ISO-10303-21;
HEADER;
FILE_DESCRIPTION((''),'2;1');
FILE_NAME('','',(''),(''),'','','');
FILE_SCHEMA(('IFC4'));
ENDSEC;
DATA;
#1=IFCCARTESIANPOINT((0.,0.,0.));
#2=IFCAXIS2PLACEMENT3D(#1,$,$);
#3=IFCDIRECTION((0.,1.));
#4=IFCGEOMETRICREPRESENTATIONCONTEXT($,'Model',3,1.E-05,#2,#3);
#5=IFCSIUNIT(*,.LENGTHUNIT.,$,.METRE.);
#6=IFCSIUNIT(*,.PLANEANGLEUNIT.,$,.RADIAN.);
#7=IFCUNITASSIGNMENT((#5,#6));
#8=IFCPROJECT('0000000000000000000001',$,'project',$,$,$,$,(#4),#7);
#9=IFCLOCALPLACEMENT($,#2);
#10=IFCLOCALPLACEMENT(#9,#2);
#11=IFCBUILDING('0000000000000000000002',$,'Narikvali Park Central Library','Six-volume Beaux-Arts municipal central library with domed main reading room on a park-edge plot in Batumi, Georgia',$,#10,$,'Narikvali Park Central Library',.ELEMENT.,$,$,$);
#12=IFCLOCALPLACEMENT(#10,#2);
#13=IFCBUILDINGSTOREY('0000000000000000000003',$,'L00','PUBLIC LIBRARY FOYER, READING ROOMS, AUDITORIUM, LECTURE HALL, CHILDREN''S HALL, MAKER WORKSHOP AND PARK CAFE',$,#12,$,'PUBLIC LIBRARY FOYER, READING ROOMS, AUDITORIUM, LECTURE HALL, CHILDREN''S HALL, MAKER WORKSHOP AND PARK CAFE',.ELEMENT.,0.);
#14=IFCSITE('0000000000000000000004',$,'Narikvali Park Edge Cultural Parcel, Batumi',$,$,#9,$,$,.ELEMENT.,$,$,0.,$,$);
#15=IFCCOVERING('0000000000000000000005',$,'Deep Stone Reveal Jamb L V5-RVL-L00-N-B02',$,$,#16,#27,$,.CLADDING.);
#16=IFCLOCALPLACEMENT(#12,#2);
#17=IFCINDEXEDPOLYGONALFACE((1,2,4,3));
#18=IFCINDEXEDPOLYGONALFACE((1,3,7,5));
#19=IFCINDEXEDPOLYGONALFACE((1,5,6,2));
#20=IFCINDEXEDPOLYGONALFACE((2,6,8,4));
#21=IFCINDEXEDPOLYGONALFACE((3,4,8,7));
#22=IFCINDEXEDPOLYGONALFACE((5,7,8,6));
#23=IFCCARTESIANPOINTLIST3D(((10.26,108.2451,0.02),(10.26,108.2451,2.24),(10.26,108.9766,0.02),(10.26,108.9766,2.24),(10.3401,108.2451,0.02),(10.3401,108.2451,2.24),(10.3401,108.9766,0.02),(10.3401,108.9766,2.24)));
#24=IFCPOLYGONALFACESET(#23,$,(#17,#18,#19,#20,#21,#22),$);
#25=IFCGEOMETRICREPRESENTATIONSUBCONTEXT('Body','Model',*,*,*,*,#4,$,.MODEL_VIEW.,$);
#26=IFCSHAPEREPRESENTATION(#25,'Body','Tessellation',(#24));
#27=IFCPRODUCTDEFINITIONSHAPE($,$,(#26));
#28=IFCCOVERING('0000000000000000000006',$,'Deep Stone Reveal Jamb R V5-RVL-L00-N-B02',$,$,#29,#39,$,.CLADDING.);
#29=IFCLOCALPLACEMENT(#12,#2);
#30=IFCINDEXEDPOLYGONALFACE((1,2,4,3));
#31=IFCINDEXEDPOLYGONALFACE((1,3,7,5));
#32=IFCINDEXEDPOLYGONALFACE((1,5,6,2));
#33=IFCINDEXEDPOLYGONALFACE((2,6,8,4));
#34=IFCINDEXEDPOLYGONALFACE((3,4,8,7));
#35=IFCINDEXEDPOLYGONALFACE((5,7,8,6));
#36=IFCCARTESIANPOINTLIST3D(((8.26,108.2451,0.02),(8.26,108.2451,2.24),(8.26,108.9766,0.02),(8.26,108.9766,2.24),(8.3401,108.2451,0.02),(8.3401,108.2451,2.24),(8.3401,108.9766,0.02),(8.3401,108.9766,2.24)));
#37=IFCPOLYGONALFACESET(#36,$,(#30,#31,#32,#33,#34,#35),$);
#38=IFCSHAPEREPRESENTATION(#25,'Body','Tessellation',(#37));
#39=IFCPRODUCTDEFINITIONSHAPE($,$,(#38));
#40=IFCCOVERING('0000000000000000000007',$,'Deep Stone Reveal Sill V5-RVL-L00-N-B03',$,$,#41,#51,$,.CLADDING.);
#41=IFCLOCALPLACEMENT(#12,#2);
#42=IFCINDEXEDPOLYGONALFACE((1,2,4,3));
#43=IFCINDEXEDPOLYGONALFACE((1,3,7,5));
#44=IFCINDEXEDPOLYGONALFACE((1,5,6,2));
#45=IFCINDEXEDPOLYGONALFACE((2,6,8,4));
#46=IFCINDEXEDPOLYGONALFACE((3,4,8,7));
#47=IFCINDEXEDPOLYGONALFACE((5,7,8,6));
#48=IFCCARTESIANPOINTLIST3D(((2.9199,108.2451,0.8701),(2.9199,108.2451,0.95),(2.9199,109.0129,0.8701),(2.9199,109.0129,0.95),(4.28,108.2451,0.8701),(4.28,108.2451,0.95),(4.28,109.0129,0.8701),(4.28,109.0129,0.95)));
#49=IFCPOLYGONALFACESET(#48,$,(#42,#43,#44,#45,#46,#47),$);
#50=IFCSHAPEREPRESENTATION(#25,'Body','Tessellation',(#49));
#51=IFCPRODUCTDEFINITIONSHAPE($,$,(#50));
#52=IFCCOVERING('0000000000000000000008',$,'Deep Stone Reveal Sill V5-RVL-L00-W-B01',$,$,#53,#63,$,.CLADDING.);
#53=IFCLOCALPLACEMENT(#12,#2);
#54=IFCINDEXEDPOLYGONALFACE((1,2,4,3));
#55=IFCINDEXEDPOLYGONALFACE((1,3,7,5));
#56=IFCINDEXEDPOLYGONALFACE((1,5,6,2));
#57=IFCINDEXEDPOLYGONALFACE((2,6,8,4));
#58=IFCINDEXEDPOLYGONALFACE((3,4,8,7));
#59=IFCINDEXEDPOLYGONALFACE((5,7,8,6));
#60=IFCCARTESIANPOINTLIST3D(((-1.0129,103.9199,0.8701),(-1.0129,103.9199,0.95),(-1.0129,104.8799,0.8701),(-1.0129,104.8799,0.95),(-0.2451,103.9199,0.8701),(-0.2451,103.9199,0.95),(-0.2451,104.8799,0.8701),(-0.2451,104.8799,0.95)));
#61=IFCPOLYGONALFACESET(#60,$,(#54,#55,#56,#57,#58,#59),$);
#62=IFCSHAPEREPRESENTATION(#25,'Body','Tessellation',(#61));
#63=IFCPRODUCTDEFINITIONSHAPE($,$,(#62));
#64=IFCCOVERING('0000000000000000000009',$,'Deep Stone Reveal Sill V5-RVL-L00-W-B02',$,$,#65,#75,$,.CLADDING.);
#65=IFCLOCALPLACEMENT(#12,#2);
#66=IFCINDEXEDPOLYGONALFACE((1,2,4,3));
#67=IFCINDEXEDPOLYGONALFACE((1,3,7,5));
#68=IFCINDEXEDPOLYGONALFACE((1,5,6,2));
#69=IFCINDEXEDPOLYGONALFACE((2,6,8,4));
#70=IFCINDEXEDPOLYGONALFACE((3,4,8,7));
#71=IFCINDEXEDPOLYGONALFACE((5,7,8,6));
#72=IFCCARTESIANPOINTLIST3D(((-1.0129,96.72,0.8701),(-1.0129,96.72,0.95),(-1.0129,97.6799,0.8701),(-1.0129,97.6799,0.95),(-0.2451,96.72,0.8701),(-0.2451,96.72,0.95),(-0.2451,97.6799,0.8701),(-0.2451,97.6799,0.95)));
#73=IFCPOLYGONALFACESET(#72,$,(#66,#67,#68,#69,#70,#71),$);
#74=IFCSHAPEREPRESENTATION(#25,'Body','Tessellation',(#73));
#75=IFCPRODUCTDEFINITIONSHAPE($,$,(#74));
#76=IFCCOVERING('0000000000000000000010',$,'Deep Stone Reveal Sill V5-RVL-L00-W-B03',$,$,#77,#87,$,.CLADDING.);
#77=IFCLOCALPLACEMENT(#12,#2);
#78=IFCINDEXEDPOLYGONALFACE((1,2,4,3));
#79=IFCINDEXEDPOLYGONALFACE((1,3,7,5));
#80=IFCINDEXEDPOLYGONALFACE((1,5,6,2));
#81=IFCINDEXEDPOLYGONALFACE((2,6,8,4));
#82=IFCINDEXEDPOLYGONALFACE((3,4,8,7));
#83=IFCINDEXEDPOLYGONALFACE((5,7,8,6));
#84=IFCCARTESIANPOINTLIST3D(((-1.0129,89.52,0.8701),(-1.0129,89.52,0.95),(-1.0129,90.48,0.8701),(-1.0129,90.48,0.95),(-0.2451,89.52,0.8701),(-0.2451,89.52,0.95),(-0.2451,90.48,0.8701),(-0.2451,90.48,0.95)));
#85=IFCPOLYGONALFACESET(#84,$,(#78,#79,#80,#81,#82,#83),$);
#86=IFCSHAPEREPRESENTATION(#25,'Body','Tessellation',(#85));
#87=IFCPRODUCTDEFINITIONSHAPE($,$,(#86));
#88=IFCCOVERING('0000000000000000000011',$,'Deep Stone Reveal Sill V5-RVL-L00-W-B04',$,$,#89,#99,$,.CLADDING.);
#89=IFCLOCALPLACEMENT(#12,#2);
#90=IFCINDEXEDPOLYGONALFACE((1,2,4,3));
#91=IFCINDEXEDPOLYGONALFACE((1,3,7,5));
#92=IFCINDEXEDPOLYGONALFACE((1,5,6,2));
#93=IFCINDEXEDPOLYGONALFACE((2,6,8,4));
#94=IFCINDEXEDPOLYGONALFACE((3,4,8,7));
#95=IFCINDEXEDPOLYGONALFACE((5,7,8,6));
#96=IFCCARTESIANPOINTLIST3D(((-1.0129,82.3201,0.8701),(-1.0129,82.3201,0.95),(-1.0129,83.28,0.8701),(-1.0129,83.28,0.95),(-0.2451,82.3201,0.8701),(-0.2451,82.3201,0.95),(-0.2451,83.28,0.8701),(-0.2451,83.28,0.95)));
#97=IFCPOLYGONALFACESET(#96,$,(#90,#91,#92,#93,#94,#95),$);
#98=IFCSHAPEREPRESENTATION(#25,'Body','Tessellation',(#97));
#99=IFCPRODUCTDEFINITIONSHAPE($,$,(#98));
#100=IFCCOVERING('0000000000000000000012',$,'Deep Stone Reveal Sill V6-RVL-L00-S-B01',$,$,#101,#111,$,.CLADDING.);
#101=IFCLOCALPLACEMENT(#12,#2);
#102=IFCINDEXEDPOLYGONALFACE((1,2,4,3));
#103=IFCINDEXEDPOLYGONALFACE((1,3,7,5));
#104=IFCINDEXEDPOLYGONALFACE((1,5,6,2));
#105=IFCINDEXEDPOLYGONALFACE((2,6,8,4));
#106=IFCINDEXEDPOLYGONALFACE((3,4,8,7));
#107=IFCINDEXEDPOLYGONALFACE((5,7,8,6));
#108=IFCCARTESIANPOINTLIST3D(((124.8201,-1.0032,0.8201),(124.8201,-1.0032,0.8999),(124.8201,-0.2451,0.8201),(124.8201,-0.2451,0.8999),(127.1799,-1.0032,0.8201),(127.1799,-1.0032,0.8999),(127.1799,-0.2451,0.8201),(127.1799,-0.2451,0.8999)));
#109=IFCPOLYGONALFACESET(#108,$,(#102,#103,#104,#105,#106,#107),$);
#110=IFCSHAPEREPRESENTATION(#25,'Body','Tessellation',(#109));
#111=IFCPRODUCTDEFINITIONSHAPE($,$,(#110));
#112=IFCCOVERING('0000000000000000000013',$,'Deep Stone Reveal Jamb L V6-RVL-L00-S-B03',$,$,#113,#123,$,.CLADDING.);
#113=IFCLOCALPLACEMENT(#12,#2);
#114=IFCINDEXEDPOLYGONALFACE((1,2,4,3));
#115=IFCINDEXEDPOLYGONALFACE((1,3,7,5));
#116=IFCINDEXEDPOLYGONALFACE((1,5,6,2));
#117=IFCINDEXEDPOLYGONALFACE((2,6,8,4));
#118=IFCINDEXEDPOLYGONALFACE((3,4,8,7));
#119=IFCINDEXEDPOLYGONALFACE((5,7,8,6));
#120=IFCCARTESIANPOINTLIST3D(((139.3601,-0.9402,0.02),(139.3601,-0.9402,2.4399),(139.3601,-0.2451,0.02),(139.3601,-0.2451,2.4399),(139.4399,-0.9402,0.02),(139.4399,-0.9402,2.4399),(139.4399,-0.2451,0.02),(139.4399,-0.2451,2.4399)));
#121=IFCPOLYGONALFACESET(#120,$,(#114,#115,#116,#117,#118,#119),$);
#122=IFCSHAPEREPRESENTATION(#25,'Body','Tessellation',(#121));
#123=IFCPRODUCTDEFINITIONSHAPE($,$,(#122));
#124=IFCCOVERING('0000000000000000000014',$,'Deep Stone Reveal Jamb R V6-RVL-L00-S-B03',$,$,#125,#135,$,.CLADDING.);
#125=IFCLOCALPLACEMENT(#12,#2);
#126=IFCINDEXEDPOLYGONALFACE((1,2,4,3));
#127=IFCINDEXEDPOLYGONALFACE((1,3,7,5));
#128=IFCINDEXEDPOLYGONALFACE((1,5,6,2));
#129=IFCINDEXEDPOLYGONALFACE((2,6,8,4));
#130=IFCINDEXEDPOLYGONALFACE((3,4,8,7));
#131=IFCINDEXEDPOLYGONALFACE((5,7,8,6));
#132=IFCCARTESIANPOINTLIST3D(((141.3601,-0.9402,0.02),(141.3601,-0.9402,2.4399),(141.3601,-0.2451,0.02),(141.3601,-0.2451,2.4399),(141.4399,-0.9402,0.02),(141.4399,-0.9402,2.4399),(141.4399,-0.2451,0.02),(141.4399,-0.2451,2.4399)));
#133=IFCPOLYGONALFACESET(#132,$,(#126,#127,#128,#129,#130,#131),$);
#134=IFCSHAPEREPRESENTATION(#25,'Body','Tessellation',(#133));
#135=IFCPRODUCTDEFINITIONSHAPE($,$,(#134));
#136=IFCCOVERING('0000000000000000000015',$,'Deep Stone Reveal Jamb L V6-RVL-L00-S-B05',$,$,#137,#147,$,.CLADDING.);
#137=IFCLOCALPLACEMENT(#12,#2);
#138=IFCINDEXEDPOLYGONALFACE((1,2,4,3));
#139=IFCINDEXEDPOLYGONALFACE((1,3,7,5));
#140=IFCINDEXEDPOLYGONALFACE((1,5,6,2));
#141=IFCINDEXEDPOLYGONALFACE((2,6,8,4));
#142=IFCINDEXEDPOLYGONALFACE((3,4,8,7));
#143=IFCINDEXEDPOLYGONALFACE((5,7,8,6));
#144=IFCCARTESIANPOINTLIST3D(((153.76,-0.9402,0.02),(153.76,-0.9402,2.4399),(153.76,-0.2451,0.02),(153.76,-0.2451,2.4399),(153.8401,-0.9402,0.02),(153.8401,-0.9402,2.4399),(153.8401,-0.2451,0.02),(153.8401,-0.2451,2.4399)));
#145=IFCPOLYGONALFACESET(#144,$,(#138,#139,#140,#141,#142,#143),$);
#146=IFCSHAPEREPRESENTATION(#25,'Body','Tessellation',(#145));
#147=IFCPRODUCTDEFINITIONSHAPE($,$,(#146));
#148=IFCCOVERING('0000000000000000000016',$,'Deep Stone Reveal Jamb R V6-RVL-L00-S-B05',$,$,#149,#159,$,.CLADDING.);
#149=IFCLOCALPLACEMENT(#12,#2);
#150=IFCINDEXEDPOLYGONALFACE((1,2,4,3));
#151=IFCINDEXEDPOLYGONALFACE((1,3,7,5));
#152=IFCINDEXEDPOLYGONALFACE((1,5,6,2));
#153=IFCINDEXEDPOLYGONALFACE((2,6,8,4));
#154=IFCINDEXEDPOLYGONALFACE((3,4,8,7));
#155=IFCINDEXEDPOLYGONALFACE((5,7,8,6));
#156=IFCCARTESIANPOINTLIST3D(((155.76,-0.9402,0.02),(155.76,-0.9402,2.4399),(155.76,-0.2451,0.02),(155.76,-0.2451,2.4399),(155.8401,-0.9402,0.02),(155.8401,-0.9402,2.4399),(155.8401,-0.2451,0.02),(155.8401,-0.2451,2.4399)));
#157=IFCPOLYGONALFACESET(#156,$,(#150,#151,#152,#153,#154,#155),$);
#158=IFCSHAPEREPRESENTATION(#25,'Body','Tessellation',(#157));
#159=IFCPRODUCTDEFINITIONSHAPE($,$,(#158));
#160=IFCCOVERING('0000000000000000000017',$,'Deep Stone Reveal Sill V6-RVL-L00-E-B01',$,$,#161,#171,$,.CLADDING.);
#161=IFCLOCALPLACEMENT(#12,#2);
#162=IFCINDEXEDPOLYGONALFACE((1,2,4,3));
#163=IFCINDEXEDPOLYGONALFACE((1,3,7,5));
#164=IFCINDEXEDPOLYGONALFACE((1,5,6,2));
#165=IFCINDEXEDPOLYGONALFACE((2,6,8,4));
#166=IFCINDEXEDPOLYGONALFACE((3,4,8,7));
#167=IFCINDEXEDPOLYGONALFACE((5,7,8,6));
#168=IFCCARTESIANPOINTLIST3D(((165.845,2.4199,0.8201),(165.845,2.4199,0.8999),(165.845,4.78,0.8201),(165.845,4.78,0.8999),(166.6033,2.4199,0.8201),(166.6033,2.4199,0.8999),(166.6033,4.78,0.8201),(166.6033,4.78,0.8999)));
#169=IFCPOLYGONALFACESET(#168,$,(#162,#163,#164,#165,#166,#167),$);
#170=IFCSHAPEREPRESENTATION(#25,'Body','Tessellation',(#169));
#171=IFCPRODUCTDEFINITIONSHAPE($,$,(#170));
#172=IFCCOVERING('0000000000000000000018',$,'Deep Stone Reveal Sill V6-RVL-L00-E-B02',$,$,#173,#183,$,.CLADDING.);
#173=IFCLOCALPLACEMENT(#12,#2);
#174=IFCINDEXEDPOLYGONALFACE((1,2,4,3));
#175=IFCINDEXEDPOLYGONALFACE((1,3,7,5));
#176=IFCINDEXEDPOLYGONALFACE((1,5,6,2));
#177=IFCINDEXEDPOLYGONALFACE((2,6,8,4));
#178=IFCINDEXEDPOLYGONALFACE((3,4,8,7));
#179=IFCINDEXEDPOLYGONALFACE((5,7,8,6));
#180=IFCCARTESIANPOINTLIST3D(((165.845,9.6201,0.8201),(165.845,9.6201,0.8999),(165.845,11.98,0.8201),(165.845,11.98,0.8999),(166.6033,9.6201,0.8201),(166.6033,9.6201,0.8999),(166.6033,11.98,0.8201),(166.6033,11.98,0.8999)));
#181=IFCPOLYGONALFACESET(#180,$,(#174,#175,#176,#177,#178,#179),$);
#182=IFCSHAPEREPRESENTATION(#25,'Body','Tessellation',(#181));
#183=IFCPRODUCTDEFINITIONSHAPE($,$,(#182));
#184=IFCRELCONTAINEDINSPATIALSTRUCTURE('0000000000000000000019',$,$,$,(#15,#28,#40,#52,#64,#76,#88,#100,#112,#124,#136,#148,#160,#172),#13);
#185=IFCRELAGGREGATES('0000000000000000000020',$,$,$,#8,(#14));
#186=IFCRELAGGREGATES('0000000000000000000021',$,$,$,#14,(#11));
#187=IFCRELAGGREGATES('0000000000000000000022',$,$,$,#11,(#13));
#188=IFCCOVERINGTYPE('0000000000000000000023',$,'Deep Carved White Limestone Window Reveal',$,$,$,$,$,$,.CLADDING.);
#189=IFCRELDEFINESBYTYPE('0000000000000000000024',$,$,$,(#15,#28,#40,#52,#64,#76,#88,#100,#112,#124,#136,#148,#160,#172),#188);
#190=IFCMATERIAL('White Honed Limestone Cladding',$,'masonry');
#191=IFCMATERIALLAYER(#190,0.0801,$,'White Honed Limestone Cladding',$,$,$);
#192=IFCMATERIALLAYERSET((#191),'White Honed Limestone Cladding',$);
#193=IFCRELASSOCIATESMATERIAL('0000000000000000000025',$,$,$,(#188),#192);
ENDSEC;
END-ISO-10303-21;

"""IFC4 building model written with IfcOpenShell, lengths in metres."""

from ifc_helpers import new_model, si_unit, direction, frame, origin, place, context, subcontext, project, spatial, polyline, outline, extrude, material, layer, layer_set, type_object, element, save


model = new_model("IFC4")

# Units and contexts
model_context = context("Model", 3, precision=1e-05, world=origin(), true_north=direction((0.0, 1.0)))
body_context = subcontext(model_context, "Body", "Model", "MODEL_VIEW")
ifc_project = project(units=[si_unit("LENGTHUNIT", "METRE"), si_unit("PLANEANGLEUNIT", "RADIAN")], contexts=[model_context])

# Site, building, storey
site_placement = place(None, origin())
site = spatial("IfcSite", under=ifc_project, at=site_placement, Name="Narikvali Park Edge Cultural Parcel, Batumi", CompositionType="ELEMENT", RefElevation=0.0)
building_placement = place(site_placement, origin())
building = spatial("IfcBuilding", under=site, at=building_placement, Name="Narikvali Park Central Library", Description="Six-volume Beaux-Arts municipal central library with domed main reading room on a park-edge plot in Batumi, Georgia", LongName="Narikvali Park Central Library", CompositionType="ELEMENT")
storey_placement = place(building_placement, origin())
storey = spatial("IfcBuildingStorey", under=building, at=storey_placement, Name="L00", Description="PUBLIC LIBRARY FOYER, READING ROOMS, AUDITORIUM, LECTURE HALL, CHILDREN'S HALL, MAKER WORKSHOP AND PARK CAFE", LongName="PUBLIC LIBRARY FOYER, READING ROOMS, AUDITORIUM, LECTURE HALL, CHILDREN'S HALL, MAKER WORKSHOP AND PARK CAFE", CompositionType="ELEMENT", Elevation=0.0)

# Coverings
ifc_material = material(Name="White Honed Limestone Cladding", Category="masonry")
ifc_layer = layer(ifc_material, 0.0801, Name="White Honed Limestone Cladding")
ifc_layer_set = layer_set([ifc_layer], Name="White Honed Limestone Cladding")
covering_type = type_object("IfcCoveringType", Name="Deep Carved White Limestone Window Reveal", PredefinedType="CLADDING", material=ifc_layer_set)
covering_1_placement = place(storey_placement, frame((0.0, 0.0, 0.02)))
element("IfcCovering", 1, at=covering_1_placement, inside=storey, type_object=covering_type, Name="Deep Stone Reveal Jamb L V5-RVL-L00-N-B02", PredefinedType="CLADDING", context=body_context, shape_type="SweptSolid", body=[
    extrude(outline(polyline([(10.3401, 108.2451), (10.26, 108.2451), (10.26, 108.9766), (10.3401, 108.9766), (10.3401, 108.2451)])), origin(), (0.0, 0.0, 1.0), 2.22),
])
covering_2_placement = place(storey_placement, frame((0.0, 0.0, 0.02)))
element("IfcCovering", 2, at=covering_2_placement, inside=storey, type_object=covering_type, Name="Deep Stone Reveal Jamb R V5-RVL-L00-N-B02", PredefinedType="CLADDING", context=body_context, shape_type="SweptSolid", body=[
    extrude(outline(polyline([(8.3401, 108.2451), (8.26, 108.2451), (8.26, 108.9766), (8.3401, 108.9766), (8.3401, 108.2451)])), origin(), (0.0, 0.0, 1.0), 2.22),
])
covering_3_placement = place(storey_placement, frame((0.0, 0.0, 0.8701)))
element("IfcCovering", 3, at=covering_3_placement, inside=storey, type_object=covering_type, Name="Deep Stone Reveal Sill V5-RVL-L00-N-B03", PredefinedType="CLADDING", context=body_context, shape_type="SweptSolid", body=[
    extrude(outline(polyline([(4.28, 108.2451), (2.9199, 108.2451), (2.9199, 109.0129), (4.28, 109.0129), (4.28, 108.2451)])), origin(), (0.0, 0.0, 1.0), 0.0798),
])
covering_4_placement = place(storey_placement, frame((0.0, 0.0, 0.8701)))
element("IfcCovering", 4, at=covering_4_placement, inside=storey, type_object=covering_type, Name="Deep Stone Reveal Sill V5-RVL-L00-W-B01", PredefinedType="CLADDING", context=body_context, shape_type="SweptSolid", body=[
    extrude(outline(polyline([(-0.2451, 104.8799), (-0.2451, 103.9199), (-1.0129, 103.9199), (-1.0129, 104.8799), (-0.2451, 104.8799)])), origin(), (0.0, 0.0, 1.0), 0.0798),
])
covering_5_placement = place(storey_placement, frame((0.0, 0.0, 0.8701)))
element("IfcCovering", 5, at=covering_5_placement, inside=storey, type_object=covering_type, Name="Deep Stone Reveal Sill V5-RVL-L00-W-B02", PredefinedType="CLADDING", context=body_context, shape_type="SweptSolid", body=[
    extrude(outline(polyline([(-0.2451, 97.6799), (-0.2451, 96.72), (-1.0129, 96.72), (-1.0129, 97.6799), (-0.2451, 97.6799)])), origin(), (0.0, 0.0, 1.0), 0.0798),
])
covering_6_placement = place(storey_placement, frame((0.0, 0.0, 0.8701)))
element("IfcCovering", 6, at=covering_6_placement, inside=storey, type_object=covering_type, Name="Deep Stone Reveal Sill V5-RVL-L00-W-B03", PredefinedType="CLADDING", context=body_context, shape_type="SweptSolid", body=[
    extrude(outline(polyline([(-0.2451, 90.48), (-0.2451, 89.52), (-1.0129, 89.52), (-1.0129, 90.48), (-0.2451, 90.48)])), origin(), (0.0, 0.0, 1.0), 0.0798),
])
covering_7_placement = place(storey_placement, frame((0.0, 0.0, 0.8701)))
element("IfcCovering", 7, at=covering_7_placement, inside=storey, type_object=covering_type, Name="Deep Stone Reveal Sill V5-RVL-L00-W-B04", PredefinedType="CLADDING", context=body_context, shape_type="SweptSolid", body=[
    extrude(outline(polyline([(-0.2451, 83.28), (-0.2451, 82.3201), (-1.0129, 82.3201), (-1.0129, 83.28), (-0.2451, 83.28)])), origin(), (0.0, 0.0, 1.0), 0.0798),
])
covering_8_placement = place(storey_placement, frame((0.0, 0.0, 0.8201)))
element("IfcCovering", 8, at=covering_8_placement, inside=storey, type_object=covering_type, Name="Deep Stone Reveal Sill V6-RVL-L00-S-B01", PredefinedType="CLADDING", context=body_context, shape_type="SweptSolid", body=[
    extrude(outline(polyline([(124.8201, -0.2451), (127.1799, -0.2451), (127.1799, -1.0032), (124.8201, -1.0032), (124.8201, -0.2451)])), origin(), (0.0, 0.0, 1.0), 0.0798),
])
covering_9_placement = place(storey_placement, frame((0.0, 0.0, 0.02)))
element("IfcCovering", 9, at=covering_9_placement, inside=storey, type_object=covering_type, Name="Deep Stone Reveal Jamb L V6-RVL-L00-S-B03", PredefinedType="CLADDING", context=body_context, shape_type="SweptSolid", body=[
    extrude(outline(polyline([(139.3601, -0.2451), (139.4399, -0.2451), (139.4399, -0.9402), (139.3601, -0.9402), (139.3601, -0.2451)])), origin(), (0.0, 0.0, 1.0), 2.4199),
])
covering_10_placement = place(storey_placement, frame((0.0, 0.0, 0.02)))
element("IfcCovering", 10, at=covering_10_placement, inside=storey, type_object=covering_type, Name="Deep Stone Reveal Jamb R V6-RVL-L00-S-B03", PredefinedType="CLADDING", context=body_context, shape_type="SweptSolid", body=[
    extrude(outline(polyline([(141.3601, -0.2451), (141.4399, -0.2451), (141.4399, -0.9402), (141.3601, -0.9402), (141.3601, -0.2451)])), origin(), (0.0, 0.0, 1.0), 2.4199),
])
covering_11_placement = place(storey_placement, frame((0.0, 0.0, 0.02)))
element("IfcCovering", 11, at=covering_11_placement, inside=storey, type_object=covering_type, Name="Deep Stone Reveal Jamb L V6-RVL-L00-S-B05", PredefinedType="CLADDING", context=body_context, shape_type="SweptSolid", body=[
    extrude(outline(polyline([(153.76, -0.2451), (153.8401, -0.2451), (153.8401, -0.9402), (153.76, -0.9402), (153.76, -0.2451)])), origin(), (0.0, 0.0, 1.0), 2.4199),
])
covering_12_placement = place(storey_placement, frame((0.0, 0.0, 0.02)))
element("IfcCovering", 12, at=covering_12_placement, inside=storey, type_object=covering_type, Name="Deep Stone Reveal Jamb R V6-RVL-L00-S-B05", PredefinedType="CLADDING", context=body_context, shape_type="SweptSolid", body=[
    extrude(outline(polyline([(155.76, -0.2451), (155.8401, -0.2451), (155.8401, -0.9402), (155.76, -0.9402), (155.76, -0.2451)])), origin(), (0.0, 0.0, 1.0), 2.4199),
])
covering_13_placement = place(storey_placement, frame((0.0, 0.0, 0.8201)))
element("IfcCovering", 13, at=covering_13_placement, inside=storey, type_object=covering_type, Name="Deep Stone Reveal Sill V6-RVL-L00-E-B01", PredefinedType="CLADDING", context=body_context, shape_type="SweptSolid", body=[
    extrude(outline(polyline([(165.845, 2.4199), (165.845, 4.78), (166.6033, 4.78), (166.6033, 2.4199), (165.845, 2.4199)])), origin(), (0.0, 0.0, 1.0), 0.0798),
])
covering_14_placement = place(storey_placement, frame((0.0, 0.0, 0.8201)))
element("IfcCovering", 14, at=covering_14_placement, inside=storey, type_object=covering_type, Name="Deep Stone Reveal Sill V6-RVL-L00-E-B02", PredefinedType="CLADDING", context=body_context, shape_type="SweptSolid", body=[
    extrude(outline(polyline([(165.845, 9.6201), (165.845, 11.98), (166.6033, 11.98), (166.6033, 9.6201), (165.845, 9.6201)])), origin(), (0.0, 0.0, 1.0), 0.0798),
])

save(model, "model.ifc")
